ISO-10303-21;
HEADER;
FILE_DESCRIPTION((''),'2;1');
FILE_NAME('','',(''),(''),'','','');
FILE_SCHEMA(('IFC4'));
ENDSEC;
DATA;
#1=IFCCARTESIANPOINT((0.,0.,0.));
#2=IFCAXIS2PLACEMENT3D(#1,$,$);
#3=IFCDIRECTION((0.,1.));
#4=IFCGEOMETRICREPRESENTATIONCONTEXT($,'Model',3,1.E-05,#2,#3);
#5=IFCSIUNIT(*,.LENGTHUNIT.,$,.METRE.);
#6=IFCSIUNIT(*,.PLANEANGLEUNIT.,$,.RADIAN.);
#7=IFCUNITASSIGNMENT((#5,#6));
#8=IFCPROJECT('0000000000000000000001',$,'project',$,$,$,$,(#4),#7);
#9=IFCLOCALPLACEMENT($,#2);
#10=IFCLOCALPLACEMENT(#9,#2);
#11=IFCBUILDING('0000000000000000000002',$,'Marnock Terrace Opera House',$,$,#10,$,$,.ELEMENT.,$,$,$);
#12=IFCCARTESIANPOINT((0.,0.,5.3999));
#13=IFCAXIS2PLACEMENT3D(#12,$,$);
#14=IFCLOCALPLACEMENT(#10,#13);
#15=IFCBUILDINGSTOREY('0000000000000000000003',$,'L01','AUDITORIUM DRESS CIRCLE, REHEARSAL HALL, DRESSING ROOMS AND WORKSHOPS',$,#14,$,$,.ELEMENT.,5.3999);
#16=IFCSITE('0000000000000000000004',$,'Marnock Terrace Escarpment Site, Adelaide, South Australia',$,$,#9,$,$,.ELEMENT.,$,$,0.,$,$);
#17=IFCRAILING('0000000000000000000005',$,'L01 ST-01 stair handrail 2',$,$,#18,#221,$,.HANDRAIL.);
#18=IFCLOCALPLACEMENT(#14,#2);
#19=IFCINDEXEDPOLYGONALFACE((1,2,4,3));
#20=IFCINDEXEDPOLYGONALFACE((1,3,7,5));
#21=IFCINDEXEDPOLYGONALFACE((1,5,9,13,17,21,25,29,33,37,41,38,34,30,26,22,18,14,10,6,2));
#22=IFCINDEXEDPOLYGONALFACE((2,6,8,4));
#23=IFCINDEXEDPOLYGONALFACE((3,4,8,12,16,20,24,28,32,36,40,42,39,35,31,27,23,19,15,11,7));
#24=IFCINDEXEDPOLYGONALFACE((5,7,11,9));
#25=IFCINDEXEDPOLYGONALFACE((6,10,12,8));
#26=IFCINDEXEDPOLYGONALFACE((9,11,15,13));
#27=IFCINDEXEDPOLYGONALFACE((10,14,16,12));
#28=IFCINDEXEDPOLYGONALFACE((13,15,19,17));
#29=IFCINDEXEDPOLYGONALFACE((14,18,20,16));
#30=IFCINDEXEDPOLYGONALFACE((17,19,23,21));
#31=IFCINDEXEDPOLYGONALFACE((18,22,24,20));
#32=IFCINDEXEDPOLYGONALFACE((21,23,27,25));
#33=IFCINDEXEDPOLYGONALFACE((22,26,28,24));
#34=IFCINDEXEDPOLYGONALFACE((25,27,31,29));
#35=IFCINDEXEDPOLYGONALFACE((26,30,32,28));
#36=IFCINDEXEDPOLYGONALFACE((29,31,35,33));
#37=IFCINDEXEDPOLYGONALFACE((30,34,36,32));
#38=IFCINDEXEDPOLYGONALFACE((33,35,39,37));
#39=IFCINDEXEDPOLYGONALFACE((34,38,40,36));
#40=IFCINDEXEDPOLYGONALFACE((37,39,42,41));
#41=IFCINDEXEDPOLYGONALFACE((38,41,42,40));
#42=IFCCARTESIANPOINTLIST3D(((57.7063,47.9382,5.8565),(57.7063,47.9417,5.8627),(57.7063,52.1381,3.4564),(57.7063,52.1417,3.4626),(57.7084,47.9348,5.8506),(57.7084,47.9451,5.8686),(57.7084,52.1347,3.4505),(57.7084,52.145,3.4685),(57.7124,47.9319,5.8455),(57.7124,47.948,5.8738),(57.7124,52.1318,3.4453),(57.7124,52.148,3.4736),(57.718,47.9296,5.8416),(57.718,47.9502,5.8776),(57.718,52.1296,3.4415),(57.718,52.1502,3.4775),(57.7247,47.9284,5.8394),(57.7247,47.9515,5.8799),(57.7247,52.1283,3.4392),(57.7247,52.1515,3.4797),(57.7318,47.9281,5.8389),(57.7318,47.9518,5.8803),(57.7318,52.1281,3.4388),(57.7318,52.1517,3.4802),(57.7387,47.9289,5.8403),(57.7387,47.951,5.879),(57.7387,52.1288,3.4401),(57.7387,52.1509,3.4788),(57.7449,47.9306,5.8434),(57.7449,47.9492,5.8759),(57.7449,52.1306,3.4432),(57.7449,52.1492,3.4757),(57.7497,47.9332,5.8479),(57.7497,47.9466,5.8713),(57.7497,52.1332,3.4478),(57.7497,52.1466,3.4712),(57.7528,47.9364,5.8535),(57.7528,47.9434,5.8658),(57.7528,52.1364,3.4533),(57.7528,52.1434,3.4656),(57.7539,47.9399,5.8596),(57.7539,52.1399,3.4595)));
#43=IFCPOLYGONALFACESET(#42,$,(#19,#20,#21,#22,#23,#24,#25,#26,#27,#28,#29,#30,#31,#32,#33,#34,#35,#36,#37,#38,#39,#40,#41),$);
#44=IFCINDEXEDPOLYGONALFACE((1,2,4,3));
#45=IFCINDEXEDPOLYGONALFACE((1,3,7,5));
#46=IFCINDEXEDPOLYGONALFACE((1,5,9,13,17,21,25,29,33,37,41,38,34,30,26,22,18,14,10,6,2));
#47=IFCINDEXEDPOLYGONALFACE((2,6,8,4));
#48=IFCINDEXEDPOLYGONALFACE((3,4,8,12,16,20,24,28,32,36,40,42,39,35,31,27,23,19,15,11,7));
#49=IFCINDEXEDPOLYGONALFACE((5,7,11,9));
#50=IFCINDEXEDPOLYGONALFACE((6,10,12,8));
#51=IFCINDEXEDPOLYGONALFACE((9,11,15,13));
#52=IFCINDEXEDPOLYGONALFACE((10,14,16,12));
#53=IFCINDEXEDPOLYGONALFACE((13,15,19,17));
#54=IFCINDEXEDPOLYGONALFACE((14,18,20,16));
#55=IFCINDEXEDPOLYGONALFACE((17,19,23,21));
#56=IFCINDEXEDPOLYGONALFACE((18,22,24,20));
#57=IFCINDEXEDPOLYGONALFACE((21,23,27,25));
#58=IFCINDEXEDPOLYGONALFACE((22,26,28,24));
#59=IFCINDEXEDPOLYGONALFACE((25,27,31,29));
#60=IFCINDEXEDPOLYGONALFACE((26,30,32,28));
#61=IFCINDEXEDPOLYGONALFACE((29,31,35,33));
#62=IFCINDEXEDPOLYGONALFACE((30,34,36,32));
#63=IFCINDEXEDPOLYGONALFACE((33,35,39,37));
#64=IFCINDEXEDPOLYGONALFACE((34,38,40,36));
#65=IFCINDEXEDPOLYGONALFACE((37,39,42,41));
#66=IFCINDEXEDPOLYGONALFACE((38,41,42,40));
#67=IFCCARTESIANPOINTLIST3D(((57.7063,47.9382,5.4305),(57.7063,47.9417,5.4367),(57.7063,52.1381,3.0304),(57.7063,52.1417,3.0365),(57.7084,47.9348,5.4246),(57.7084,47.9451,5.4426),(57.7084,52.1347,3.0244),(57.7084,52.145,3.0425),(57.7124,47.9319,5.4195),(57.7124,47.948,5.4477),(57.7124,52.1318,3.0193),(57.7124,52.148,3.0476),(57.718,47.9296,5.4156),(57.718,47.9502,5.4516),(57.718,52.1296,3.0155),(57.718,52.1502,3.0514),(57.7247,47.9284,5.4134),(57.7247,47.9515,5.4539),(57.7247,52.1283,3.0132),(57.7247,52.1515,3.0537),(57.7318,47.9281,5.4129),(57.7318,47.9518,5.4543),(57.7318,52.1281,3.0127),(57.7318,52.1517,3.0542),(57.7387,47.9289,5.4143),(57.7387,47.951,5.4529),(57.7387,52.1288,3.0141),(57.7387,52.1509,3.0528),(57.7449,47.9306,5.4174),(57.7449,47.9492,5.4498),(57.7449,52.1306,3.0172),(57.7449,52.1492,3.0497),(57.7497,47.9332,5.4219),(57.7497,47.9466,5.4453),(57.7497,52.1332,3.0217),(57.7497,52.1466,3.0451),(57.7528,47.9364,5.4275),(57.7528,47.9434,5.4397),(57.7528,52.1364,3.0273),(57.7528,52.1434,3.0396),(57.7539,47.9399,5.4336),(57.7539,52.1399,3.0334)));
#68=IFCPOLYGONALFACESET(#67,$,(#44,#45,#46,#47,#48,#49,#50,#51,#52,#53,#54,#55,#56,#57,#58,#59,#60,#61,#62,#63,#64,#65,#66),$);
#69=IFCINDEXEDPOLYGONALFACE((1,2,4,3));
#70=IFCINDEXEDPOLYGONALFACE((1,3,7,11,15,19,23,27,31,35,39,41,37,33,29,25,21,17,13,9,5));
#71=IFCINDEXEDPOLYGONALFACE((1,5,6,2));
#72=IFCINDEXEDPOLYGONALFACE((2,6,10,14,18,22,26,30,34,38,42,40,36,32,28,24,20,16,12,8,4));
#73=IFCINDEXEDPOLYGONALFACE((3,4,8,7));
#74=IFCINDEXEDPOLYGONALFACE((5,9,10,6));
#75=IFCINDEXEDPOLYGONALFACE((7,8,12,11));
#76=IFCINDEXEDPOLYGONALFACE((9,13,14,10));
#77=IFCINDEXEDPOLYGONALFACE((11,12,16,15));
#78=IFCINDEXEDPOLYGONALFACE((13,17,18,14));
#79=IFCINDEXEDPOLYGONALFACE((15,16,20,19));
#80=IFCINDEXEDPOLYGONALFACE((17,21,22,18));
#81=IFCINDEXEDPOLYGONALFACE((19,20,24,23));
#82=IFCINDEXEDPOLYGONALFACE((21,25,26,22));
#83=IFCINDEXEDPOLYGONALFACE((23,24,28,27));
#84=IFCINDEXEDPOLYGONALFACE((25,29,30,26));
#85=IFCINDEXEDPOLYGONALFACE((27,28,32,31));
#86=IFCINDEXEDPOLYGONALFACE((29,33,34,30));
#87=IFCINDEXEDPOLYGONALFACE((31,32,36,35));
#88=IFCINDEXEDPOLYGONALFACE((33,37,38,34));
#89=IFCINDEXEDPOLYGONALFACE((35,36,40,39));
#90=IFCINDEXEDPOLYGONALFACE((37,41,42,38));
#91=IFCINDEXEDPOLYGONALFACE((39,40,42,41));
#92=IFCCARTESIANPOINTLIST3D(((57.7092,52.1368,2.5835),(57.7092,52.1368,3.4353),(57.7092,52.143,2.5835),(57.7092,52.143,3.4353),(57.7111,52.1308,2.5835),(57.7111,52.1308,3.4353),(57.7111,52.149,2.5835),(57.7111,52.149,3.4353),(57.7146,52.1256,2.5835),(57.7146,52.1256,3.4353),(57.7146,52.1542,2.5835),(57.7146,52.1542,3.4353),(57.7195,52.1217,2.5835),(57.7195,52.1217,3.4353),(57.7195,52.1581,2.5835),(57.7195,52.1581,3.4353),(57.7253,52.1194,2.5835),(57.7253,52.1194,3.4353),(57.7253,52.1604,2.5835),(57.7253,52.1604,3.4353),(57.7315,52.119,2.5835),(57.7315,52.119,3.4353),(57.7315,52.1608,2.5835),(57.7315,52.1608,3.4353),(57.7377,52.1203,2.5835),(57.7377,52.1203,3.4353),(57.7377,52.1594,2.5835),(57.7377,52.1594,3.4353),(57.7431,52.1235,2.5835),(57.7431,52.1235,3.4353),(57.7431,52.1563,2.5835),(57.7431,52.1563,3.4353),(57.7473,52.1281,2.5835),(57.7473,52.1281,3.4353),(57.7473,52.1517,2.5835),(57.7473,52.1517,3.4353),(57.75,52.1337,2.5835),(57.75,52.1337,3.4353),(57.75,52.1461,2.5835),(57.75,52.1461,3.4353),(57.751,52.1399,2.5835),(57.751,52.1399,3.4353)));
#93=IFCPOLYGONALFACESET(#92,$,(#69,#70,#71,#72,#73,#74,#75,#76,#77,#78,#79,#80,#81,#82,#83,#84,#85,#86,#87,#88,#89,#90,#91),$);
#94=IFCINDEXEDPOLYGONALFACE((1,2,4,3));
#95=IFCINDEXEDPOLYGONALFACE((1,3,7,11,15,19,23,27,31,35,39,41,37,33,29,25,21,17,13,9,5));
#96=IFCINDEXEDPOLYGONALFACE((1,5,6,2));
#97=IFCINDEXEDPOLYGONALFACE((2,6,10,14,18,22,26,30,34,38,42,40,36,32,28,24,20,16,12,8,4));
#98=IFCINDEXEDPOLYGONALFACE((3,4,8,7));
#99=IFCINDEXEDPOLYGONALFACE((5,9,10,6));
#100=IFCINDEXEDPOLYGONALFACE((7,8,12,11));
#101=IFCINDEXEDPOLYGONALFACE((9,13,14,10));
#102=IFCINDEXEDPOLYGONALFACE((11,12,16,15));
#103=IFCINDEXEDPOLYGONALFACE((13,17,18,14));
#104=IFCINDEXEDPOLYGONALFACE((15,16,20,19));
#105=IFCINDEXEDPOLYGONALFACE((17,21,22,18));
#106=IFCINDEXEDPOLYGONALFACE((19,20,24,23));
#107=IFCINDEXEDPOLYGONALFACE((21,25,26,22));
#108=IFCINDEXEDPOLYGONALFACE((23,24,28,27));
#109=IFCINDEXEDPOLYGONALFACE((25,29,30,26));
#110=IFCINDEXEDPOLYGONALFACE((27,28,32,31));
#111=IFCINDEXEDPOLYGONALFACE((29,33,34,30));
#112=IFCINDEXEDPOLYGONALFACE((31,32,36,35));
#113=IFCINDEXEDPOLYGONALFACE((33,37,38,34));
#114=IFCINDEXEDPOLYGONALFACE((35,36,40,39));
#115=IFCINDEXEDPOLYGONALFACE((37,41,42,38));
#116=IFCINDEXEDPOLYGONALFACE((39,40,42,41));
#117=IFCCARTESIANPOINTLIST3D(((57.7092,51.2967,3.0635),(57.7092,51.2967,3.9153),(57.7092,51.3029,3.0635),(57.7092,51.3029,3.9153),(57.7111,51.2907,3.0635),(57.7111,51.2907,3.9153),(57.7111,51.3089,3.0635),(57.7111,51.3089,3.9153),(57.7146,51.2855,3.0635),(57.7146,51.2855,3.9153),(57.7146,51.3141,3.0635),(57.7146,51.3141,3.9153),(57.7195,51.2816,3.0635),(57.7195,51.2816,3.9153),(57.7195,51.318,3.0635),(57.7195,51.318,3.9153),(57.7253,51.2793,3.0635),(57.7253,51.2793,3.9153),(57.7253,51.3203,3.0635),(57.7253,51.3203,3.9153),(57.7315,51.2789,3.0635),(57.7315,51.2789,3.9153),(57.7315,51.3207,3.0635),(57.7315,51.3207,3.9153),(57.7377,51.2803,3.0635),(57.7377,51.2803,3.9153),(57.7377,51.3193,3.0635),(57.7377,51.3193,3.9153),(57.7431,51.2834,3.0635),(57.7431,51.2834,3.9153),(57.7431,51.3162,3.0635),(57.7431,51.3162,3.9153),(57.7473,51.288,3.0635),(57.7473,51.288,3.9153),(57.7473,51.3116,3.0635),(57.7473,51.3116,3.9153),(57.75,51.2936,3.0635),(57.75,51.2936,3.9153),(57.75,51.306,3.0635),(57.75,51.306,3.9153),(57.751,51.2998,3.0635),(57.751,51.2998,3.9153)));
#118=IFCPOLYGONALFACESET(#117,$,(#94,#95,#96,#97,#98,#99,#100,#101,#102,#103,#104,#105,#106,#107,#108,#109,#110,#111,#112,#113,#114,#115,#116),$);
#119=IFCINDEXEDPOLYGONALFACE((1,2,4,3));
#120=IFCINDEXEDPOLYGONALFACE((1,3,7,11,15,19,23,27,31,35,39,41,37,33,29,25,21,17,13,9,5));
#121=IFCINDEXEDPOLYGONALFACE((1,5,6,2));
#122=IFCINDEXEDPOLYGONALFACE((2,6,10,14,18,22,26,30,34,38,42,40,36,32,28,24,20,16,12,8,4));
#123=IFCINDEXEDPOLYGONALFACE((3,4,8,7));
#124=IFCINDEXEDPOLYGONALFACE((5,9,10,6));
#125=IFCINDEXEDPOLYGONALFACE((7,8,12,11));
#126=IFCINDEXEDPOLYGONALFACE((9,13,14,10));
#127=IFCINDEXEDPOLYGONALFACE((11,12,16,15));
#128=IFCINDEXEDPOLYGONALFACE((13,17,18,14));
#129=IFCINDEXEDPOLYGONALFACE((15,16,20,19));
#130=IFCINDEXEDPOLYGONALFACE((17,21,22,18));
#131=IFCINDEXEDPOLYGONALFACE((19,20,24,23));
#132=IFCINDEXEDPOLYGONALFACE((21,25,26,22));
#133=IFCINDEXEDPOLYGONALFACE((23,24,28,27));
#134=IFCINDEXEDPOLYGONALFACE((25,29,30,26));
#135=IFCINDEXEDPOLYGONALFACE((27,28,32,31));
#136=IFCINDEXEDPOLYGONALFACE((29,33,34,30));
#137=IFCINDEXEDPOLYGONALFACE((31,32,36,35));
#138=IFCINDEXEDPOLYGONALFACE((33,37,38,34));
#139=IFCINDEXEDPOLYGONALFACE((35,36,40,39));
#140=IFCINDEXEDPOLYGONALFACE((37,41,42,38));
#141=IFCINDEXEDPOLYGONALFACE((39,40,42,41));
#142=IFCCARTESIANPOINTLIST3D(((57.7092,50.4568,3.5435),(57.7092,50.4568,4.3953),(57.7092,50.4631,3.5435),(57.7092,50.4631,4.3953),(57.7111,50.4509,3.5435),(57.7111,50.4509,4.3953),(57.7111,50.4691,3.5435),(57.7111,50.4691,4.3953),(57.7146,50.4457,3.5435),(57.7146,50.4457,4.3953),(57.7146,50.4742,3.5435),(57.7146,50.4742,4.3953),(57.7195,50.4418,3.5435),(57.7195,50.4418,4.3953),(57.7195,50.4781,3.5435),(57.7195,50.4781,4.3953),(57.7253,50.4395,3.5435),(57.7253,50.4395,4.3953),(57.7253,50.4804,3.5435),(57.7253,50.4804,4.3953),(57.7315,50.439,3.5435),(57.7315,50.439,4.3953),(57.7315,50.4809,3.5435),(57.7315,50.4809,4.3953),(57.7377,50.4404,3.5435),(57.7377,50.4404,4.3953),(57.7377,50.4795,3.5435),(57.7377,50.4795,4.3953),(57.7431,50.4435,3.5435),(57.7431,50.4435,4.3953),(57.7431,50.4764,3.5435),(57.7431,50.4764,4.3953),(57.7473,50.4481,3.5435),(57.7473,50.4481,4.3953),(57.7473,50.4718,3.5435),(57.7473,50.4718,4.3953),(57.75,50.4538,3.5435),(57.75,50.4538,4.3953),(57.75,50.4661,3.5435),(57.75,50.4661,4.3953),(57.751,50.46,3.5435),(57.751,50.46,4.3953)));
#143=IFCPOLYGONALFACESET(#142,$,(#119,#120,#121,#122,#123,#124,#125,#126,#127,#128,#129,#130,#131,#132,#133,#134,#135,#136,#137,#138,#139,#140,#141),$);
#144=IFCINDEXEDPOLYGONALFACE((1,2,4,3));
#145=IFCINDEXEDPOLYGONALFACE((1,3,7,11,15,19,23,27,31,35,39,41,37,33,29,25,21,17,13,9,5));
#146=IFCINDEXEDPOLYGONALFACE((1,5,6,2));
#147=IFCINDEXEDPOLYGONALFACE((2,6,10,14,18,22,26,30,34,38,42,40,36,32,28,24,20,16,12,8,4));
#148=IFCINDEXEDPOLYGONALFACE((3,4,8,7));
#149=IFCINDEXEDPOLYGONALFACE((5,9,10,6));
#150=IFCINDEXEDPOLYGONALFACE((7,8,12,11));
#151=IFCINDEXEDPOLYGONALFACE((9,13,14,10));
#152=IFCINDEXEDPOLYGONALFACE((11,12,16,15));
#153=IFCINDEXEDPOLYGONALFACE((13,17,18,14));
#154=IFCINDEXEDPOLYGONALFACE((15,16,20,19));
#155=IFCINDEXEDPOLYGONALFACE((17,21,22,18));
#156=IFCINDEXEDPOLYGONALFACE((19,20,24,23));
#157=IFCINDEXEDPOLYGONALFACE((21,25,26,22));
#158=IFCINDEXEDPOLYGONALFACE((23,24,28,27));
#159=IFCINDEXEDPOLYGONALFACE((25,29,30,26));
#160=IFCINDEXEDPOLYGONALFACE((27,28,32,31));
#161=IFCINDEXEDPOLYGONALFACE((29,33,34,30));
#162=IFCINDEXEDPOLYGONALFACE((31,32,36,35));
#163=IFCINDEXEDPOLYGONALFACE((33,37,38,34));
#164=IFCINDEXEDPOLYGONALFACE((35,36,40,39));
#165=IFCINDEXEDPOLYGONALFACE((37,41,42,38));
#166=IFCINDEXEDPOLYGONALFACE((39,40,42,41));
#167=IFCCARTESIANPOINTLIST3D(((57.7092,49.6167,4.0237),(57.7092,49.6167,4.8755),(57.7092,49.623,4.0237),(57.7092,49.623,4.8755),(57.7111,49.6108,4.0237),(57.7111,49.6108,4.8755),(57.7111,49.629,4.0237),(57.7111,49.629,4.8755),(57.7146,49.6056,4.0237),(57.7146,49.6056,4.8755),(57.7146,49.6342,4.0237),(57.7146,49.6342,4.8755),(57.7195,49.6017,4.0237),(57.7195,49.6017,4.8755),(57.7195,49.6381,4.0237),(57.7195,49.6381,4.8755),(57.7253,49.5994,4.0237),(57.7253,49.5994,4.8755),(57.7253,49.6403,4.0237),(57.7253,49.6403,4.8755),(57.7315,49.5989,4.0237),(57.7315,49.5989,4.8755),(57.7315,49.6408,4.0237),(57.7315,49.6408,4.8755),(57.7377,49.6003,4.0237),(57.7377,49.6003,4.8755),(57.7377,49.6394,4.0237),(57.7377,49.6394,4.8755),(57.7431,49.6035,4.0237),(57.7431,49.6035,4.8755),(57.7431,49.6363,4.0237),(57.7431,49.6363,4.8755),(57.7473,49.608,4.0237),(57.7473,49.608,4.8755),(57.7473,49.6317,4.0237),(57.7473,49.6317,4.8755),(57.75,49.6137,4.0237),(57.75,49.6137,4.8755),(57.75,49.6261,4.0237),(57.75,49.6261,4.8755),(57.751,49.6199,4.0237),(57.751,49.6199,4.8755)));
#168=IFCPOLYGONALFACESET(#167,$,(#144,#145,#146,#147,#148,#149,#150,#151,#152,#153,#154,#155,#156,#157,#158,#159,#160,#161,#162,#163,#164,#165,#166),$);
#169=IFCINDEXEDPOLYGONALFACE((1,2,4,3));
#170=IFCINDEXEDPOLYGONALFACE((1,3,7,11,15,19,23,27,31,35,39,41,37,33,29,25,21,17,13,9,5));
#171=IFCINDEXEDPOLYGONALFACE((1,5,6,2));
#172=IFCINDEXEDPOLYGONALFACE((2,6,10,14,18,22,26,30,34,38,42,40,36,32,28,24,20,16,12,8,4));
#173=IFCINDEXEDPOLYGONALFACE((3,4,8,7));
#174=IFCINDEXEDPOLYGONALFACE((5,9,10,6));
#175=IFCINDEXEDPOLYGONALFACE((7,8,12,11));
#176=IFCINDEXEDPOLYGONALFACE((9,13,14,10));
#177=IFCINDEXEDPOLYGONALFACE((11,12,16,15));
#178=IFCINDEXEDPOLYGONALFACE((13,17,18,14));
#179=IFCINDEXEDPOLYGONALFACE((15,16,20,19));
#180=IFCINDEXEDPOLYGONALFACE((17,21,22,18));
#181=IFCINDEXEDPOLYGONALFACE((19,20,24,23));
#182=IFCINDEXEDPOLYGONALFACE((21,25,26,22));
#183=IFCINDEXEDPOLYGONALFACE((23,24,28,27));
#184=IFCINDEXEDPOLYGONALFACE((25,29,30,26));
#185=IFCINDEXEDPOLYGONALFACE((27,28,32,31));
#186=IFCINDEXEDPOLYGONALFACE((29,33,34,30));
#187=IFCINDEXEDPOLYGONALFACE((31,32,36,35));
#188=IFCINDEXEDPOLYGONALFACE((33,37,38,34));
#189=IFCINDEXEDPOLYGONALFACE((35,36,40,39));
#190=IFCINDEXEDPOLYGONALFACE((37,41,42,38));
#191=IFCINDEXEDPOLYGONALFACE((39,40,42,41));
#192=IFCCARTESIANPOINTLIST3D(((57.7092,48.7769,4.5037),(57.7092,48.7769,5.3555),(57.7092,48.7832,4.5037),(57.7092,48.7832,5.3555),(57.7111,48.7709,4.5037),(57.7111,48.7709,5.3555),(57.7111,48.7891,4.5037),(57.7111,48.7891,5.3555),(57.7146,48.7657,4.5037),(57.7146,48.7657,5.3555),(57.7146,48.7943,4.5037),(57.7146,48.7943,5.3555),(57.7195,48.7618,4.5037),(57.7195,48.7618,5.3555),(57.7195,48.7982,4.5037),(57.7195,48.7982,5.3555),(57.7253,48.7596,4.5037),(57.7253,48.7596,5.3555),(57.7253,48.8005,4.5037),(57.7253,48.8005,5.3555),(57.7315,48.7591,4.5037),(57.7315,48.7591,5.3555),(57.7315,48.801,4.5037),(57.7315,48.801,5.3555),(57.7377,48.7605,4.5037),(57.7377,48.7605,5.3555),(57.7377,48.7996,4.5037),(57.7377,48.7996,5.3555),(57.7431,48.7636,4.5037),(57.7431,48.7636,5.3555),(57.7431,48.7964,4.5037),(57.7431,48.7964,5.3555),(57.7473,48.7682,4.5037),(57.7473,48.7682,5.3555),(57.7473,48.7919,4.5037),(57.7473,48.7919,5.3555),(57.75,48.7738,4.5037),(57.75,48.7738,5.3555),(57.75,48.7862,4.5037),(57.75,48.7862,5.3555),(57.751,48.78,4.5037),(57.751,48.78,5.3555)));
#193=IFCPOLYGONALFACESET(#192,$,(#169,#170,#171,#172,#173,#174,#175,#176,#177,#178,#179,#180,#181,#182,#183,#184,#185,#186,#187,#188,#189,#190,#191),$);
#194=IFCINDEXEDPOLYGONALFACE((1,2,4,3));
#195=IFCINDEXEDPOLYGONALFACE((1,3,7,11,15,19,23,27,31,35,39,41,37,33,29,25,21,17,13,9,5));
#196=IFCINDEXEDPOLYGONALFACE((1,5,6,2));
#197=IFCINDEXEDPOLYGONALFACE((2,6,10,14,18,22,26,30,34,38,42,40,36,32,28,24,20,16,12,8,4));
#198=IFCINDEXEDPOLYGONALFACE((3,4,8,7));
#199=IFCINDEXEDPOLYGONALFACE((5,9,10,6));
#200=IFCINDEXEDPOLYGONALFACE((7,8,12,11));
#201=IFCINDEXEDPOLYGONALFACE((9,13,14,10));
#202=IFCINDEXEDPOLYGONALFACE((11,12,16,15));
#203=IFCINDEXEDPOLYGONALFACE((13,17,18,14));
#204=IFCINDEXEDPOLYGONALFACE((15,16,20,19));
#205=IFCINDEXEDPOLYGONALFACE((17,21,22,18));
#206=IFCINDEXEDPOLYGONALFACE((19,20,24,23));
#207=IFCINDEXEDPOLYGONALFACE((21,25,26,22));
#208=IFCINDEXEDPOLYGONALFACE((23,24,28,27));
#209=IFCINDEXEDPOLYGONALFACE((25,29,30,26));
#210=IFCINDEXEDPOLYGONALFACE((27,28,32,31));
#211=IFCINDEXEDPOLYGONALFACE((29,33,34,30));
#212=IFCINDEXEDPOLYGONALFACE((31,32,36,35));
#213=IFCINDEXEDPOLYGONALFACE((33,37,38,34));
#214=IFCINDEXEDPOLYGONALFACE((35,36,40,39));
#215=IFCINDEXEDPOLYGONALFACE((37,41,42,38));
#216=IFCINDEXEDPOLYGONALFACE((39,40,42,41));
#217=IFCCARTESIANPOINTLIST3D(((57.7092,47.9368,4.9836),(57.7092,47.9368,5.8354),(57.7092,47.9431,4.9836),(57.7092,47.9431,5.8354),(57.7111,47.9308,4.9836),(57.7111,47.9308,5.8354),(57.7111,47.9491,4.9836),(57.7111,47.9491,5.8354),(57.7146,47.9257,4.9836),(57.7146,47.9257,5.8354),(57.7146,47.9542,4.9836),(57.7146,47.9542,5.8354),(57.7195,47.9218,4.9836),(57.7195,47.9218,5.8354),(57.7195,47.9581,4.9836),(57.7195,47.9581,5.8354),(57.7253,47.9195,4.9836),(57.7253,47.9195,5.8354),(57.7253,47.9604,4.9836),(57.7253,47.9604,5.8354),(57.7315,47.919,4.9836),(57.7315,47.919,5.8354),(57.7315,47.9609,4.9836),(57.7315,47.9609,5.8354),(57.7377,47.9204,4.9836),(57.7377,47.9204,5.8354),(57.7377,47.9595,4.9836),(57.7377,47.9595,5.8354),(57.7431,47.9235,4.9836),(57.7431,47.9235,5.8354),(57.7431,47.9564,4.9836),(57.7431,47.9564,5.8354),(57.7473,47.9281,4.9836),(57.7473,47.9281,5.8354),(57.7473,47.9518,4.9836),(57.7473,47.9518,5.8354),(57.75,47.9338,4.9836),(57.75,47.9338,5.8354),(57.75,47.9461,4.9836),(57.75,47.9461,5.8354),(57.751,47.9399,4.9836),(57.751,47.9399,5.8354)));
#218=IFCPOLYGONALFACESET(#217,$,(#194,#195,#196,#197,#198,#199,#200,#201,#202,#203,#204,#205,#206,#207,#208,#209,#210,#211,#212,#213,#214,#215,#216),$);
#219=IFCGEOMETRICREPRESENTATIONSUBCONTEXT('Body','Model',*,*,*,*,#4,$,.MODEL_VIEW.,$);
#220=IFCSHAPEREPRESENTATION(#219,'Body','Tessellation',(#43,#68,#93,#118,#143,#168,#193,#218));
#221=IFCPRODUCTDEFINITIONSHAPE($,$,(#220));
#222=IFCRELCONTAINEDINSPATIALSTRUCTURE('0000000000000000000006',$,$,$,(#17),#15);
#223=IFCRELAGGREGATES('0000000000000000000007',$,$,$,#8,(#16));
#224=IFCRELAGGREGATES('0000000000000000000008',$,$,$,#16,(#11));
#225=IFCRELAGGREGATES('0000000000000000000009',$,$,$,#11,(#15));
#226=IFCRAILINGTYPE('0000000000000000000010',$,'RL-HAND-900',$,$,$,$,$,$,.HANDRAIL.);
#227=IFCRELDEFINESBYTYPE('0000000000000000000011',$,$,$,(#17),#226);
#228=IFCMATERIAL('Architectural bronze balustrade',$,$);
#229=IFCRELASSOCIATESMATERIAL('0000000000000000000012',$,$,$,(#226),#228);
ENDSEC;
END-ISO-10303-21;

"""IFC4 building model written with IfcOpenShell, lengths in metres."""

from ifc_helpers import new_model, si_unit, direction, frame, origin, origin_2d, place, context, subcontext, project, spatial, circle, extrude, material, type_object, element, save


model = new_model("IFC4")

# Units and contexts
model_context = context("Model", 3, precision=1e-05, world=origin(), true_north=direction((0.0, 1.0)))
body_context = subcontext(model_context, "Body", "Model", "MODEL_VIEW")
ifc_project = project(units=[si_unit("LENGTHUNIT", "METRE"), si_unit("PLANEANGLEUNIT", "RADIAN")], contexts=[model_context])

# Site, building, storey
site_placement = place(None, origin())
site = spatial("IfcSite", under=ifc_project, at=site_placement, Name="Marnock Terrace Escarpment Site, Adelaide, South Australia", CompositionType="ELEMENT", RefElevation=0.0)
building_placement = place(site_placement, origin())
building = spatial("IfcBuilding", under=site, at=building_placement, Name="Marnock Terrace Opera House", CompositionType="ELEMENT")
storey_placement = place(building_placement, frame((0.0, 0.0, 5.3999)))
storey = spatial("IfcBuildingStorey", under=building, at=storey_placement, Name="L01", Description="AUDITORIUM DRESS CIRCLE, REHEARSAL HALL, DRESSING ROOMS AND WORKSHOPS", CompositionType="ELEMENT", Elevation=5.3999)

# Railing
ifc_material_1 = material(Name="Architectural bronze balustrade")
railing_type_1 = type_object("IfcRailingType", Name="RL-HAND-900", PredefinedType="HANDRAIL", material=ifc_material_1)
railing_1_placement = place(storey_placement, frame((57.73, 52.1399, 2.5835)))
element("IfcRailing", 1, at=railing_1_placement, inside=storey, type_object=railing_type_1, Name="L01 ST-01 stair handrail 2", PredefinedType="HANDRAIL", context=body_context, shape_type="SweptSolid", body=[
    extrude(circle(Radius=0.0239, at=origin_2d()), frame((0.0, 0.0, 0.876), z_axis=(0.0, -0.868228, 0.496166), x_axis=(1.0, 0.0, 0.0)), (0.0, 0.0, 1.0), 4.8374),
    extrude(circle(Radius=0.0239, at=origin_2d()), frame((0.0, 0.0, 0.45), z_axis=(0.0, -0.868228, 0.496166), x_axis=(1.0, 0.0, 0.0)), (0.0, 0.0, 1.0), 4.8374),
    extrude(circle(Radius=0.021, at=origin_2d()), origin(), (0.0, 0.0, 1.0), 0.8518),
    extrude(circle(Radius=0.021, at=origin_2d()), frame((0.0, -0.8401, 0.48)), (0.0, 0.0, 1.0), 0.8518),
    extrude(circle(Radius=0.021, at=origin_2d()), frame((0.0, -1.6799, 0.96)), (0.0, 0.0, 1.0), 0.8518),
    extrude(circle(Radius=0.021, at=origin_2d()), frame((0.0, -2.52, 1.4402)), (0.0, 0.0, 1.0), 0.8518),
    extrude(circle(Radius=0.021, at=origin_2d()), frame((0.0, -3.3599, 1.9202)), (0.0, 0.0, 1.0), 0.8518),
    extrude(circle(Radius=0.021, at=origin_2d()), frame((0.0, -4.2, 2.4001)), (0.0, 0.0, 1.0), 0.8518),
])

save(model, "model.ifc")
